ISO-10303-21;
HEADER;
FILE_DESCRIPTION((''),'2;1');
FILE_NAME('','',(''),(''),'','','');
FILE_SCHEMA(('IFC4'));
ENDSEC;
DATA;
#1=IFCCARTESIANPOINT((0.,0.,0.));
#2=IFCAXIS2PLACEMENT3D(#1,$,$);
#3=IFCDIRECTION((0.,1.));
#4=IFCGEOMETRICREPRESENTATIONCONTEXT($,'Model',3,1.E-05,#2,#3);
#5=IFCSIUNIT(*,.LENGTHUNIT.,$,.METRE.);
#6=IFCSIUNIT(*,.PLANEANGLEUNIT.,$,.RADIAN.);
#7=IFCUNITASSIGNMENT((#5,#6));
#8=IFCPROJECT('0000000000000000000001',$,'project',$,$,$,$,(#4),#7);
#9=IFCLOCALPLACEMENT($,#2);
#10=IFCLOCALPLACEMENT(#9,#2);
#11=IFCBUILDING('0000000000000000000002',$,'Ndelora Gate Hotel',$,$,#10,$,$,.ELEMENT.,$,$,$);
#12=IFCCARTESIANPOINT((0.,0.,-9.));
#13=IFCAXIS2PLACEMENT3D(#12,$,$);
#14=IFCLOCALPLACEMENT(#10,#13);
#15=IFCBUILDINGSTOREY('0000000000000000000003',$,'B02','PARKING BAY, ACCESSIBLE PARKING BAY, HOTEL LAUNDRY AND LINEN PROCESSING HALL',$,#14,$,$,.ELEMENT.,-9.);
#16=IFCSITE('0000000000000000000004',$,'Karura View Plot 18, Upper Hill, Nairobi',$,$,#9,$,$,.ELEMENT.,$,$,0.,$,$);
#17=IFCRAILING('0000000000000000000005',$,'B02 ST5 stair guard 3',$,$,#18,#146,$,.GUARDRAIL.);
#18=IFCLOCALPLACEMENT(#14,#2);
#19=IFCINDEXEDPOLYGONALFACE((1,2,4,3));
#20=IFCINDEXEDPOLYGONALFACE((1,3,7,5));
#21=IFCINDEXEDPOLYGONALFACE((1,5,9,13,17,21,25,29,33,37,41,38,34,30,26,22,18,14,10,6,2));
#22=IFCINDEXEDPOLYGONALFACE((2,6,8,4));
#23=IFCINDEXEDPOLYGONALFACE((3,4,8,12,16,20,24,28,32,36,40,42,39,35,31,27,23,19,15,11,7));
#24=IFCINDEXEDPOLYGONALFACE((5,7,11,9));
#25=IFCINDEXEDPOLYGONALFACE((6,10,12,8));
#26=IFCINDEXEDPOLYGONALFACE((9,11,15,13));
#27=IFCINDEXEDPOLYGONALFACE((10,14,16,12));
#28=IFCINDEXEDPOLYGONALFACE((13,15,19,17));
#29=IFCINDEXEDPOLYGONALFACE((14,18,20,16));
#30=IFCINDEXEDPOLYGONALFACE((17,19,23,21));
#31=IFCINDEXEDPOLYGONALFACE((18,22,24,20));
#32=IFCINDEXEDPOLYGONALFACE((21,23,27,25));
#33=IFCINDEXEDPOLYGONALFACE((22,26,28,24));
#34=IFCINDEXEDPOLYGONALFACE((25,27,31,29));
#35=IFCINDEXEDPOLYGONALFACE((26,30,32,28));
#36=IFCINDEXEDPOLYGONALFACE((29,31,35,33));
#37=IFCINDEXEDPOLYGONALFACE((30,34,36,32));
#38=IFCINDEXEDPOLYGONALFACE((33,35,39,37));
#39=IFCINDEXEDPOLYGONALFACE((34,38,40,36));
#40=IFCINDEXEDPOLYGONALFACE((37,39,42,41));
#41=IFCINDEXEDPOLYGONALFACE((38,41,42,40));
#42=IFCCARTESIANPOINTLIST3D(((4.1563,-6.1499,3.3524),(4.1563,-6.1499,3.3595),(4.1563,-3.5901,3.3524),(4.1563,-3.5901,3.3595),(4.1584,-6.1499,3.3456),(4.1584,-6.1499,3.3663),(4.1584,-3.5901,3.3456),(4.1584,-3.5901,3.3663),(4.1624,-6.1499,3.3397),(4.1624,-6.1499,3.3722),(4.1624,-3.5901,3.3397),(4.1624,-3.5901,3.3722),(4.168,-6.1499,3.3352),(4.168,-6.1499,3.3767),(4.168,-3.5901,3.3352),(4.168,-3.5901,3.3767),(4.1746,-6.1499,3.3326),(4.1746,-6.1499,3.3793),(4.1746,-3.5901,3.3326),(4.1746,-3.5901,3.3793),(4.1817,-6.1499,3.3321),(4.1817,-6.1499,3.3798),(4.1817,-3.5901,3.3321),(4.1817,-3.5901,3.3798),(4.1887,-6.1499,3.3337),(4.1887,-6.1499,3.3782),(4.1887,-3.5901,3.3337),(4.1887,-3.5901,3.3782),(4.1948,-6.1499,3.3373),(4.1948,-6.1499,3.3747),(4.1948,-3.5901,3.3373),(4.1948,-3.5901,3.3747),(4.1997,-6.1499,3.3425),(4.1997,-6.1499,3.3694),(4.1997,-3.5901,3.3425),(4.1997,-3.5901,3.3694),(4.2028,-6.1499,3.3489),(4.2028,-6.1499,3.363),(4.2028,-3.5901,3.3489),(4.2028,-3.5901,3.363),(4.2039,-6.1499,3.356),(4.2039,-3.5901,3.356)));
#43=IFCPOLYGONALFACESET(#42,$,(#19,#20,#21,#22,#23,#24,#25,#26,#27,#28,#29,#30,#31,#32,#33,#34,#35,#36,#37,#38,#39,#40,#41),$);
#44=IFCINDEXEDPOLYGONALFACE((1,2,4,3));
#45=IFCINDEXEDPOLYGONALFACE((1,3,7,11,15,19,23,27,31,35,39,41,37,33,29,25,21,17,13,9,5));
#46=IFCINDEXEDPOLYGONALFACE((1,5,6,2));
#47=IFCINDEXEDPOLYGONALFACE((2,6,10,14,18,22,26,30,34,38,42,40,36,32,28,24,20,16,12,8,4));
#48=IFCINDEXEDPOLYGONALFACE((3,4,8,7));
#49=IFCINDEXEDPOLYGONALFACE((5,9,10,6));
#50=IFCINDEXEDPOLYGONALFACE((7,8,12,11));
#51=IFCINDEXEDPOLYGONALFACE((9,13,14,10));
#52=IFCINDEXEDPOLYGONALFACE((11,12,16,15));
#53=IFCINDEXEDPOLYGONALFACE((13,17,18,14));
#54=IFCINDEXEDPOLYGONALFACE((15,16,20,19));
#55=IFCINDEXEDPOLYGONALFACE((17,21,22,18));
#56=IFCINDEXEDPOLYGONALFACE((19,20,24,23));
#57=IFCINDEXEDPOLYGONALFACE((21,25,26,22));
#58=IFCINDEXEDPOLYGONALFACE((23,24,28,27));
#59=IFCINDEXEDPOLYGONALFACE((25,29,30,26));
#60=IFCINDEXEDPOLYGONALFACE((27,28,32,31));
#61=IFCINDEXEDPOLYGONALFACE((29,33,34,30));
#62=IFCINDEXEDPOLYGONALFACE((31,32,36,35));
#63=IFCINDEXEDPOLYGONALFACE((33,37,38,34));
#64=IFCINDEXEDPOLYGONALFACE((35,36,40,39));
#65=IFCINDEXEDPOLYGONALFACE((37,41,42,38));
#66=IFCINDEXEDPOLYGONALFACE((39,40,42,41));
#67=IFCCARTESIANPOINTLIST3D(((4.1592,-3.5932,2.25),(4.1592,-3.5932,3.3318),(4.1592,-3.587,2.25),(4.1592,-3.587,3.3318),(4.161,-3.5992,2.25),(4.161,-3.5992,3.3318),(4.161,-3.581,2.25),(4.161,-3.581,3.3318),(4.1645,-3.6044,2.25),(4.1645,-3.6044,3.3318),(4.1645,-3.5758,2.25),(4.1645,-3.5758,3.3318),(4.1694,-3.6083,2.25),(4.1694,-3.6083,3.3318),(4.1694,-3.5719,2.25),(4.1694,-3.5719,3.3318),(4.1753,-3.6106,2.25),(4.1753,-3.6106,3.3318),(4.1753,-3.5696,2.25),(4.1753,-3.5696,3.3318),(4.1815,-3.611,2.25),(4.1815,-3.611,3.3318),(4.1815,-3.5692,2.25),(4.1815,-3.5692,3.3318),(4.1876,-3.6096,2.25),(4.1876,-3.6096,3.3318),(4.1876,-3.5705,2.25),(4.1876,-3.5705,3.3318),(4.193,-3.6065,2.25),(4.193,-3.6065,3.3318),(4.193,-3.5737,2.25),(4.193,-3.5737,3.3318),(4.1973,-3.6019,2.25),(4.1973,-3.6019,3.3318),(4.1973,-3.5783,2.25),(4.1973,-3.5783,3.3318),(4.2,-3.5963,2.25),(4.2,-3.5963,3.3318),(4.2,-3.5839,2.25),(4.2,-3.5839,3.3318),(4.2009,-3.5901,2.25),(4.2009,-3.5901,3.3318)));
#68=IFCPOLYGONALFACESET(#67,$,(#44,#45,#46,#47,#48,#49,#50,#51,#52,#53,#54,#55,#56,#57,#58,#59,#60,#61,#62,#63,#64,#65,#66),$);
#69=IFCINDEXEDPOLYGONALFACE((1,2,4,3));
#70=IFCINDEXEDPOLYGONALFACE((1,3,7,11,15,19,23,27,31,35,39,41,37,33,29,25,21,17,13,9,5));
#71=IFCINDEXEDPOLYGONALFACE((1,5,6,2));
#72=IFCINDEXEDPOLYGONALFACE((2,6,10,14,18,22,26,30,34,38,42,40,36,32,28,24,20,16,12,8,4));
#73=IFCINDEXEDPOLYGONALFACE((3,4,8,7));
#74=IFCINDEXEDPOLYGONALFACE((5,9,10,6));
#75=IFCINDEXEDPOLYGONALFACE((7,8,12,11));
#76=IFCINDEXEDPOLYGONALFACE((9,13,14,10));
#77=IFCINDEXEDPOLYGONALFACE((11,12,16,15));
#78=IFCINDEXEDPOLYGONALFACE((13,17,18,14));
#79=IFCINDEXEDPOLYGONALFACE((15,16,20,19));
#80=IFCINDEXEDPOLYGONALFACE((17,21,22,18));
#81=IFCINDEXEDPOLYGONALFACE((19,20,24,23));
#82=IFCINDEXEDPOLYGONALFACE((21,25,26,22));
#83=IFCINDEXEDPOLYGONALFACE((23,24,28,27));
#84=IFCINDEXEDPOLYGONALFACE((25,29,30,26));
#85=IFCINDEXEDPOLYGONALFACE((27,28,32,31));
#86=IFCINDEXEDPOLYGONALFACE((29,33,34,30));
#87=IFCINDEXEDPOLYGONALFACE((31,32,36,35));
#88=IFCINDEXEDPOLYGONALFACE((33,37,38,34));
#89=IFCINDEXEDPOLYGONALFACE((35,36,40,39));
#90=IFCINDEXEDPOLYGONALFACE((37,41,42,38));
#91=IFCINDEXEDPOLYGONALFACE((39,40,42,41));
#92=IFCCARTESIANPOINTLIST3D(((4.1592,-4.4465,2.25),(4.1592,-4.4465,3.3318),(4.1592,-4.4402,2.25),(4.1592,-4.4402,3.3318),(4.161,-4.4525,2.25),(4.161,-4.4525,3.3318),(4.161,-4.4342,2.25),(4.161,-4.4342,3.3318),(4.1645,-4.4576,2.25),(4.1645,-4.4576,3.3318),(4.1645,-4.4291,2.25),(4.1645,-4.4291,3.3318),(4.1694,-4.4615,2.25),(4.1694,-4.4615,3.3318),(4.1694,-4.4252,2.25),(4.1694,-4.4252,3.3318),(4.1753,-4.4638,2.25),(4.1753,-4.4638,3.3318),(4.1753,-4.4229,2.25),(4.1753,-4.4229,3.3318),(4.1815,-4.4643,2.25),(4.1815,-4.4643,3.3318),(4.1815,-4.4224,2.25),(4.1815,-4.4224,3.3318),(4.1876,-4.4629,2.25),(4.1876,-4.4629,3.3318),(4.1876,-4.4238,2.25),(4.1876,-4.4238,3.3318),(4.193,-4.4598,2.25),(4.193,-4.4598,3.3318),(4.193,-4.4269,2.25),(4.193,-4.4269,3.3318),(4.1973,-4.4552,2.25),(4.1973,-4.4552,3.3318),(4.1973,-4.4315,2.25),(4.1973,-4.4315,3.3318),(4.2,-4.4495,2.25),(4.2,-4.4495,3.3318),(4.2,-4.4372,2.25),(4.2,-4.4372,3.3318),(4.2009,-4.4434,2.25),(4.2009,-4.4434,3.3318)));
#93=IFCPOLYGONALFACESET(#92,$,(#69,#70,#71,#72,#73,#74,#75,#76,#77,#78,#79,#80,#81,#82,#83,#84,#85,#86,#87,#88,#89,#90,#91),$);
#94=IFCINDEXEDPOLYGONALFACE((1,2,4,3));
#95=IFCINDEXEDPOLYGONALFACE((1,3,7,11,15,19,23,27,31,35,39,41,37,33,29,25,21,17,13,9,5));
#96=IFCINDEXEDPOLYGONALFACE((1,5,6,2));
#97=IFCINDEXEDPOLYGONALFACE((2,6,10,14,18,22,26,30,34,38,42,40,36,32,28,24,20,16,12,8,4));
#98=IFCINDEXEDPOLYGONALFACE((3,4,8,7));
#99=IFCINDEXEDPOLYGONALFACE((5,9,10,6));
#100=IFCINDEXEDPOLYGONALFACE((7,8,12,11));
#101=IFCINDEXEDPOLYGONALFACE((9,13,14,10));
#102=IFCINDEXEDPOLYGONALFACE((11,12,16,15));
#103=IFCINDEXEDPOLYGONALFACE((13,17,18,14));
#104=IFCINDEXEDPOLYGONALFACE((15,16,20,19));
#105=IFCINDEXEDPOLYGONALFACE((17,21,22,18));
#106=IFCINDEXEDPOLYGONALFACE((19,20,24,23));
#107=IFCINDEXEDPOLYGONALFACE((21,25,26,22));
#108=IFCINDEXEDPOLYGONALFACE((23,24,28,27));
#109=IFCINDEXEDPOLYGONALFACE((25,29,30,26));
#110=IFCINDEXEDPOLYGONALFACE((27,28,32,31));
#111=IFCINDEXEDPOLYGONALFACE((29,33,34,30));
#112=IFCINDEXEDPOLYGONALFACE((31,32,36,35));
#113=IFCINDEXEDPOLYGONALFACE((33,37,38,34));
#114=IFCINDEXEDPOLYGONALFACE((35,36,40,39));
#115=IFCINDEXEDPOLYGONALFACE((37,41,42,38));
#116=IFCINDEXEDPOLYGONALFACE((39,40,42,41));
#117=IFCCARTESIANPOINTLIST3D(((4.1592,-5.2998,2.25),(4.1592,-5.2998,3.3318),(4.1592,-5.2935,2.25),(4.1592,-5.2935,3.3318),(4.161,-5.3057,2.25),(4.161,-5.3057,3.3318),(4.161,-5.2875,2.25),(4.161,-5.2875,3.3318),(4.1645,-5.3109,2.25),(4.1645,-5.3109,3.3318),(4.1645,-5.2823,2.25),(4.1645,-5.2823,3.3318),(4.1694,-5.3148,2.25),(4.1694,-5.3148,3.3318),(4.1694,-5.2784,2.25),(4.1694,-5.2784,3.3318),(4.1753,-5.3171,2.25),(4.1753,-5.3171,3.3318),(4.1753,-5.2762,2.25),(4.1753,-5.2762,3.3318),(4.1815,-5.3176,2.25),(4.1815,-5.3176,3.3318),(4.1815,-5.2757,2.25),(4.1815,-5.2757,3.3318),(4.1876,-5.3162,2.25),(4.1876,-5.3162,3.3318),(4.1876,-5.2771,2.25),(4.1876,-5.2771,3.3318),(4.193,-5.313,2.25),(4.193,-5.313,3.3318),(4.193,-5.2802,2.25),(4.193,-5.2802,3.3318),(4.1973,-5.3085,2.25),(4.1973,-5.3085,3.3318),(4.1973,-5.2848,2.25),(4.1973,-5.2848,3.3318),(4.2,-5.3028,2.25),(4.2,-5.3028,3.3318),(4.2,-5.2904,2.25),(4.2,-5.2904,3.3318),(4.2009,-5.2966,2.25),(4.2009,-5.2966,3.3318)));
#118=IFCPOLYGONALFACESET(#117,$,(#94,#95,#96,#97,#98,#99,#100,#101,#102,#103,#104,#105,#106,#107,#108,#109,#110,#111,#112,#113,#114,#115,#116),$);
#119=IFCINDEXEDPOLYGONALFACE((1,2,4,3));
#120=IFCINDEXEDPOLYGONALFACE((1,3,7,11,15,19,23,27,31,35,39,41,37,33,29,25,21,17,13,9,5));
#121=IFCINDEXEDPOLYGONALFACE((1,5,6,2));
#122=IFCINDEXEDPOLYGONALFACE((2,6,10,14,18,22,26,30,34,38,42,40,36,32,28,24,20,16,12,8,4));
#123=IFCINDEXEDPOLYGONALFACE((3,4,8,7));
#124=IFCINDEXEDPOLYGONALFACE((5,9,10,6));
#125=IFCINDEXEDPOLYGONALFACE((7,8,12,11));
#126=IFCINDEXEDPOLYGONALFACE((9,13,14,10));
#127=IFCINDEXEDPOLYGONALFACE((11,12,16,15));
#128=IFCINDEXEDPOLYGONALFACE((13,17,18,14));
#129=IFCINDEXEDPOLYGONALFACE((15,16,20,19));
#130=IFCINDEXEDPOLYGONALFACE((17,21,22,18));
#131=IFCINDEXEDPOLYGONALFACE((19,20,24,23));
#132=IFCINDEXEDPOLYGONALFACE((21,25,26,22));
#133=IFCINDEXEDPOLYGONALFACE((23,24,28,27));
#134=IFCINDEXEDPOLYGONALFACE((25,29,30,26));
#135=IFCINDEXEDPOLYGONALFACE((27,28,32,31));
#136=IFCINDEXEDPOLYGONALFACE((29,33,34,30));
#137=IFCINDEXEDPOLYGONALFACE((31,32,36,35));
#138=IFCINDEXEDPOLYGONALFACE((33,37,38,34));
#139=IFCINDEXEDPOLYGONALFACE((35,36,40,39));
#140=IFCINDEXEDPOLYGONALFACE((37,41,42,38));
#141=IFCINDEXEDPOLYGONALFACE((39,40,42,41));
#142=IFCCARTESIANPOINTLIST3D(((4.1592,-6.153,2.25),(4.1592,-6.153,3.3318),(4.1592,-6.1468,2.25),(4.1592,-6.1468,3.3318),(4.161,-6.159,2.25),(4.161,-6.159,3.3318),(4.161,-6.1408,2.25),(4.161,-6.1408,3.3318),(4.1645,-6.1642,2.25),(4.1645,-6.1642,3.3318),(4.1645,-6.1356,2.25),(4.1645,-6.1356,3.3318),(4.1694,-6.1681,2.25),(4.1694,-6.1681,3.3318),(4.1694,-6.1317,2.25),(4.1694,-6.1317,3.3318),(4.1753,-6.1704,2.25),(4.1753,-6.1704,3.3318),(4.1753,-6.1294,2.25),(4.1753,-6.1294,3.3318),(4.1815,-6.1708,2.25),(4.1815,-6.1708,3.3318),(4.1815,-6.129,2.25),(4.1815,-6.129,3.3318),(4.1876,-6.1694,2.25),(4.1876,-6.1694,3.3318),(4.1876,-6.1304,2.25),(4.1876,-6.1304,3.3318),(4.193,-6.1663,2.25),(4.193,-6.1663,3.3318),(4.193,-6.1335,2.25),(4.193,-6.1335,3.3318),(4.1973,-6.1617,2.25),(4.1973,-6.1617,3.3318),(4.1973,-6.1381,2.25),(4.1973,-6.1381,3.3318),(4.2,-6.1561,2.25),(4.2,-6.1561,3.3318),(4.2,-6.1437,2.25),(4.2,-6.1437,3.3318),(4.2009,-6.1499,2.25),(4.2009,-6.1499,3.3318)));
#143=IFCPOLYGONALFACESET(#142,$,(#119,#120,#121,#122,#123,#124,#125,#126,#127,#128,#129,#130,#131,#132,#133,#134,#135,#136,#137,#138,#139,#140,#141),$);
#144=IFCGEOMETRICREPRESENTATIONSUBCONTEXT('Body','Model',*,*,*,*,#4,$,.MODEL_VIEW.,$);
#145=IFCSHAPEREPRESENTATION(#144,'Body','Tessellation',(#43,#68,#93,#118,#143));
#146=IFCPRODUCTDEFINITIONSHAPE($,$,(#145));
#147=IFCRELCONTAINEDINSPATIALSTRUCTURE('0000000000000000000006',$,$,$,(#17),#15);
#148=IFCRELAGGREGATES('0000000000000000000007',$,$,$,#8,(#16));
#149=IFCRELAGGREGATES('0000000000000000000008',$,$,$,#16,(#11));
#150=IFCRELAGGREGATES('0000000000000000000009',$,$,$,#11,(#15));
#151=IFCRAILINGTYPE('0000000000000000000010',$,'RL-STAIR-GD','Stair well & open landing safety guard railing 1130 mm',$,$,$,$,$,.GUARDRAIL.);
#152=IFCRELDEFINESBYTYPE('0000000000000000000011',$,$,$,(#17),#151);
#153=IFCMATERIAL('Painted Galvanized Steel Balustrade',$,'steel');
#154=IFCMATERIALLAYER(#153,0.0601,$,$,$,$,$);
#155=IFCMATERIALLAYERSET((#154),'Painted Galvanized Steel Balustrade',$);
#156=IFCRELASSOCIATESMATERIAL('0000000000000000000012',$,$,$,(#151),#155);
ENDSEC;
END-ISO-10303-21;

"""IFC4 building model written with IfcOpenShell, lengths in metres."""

from ifc_helpers import new_model, si_unit, direction, frame, origin, origin_2d, place, context, subcontext, project, spatial, circle, extrude, material, layer, layer_set, type_object, element, save


model = new_model("IFC4")

# Units and contexts
model_context = context("Model", 3, precision=1e-05, world=origin(), true_north=direction((0.0, 1.0)))
body_context = subcontext(model_context, "Body", "Model", "MODEL_VIEW")
ifc_project = project(units=[si_unit("LENGTHUNIT", "METRE"), si_unit("PLANEANGLEUNIT", "RADIAN")], contexts=[model_context])

# Site, building, storey
site_placement = place(None, origin())
site = spatial("IfcSite", under=ifc_project, at=site_placement, Name="Karura View Plot 18, Upper Hill, Nairobi", CompositionType="ELEMENT", RefElevation=0.0)
building_placement = place(site_placement, origin())
building = spatial("IfcBuilding", under=site, at=building_placement, Name="Ndelora Gate Hotel", CompositionType="ELEMENT")
storey_placement = place(building_placement, frame((0.0, 0.0, -9.0)))
storey = spatial("IfcBuildingStorey", under=building, at=storey_placement, Name="B02", Description="PARKING BAY, ACCESSIBLE PARKING BAY, HOTEL LAUNDRY AND LINEN PROCESSING HALL", CompositionType="ELEMENT", Elevation=-9.0)

# Railing
ifc_material_1 = material(Name="Painted Galvanized Steel Balustrade", Category="steel")
ifc_layer_1 = layer(ifc_material_1, 0.0601)
ifc_layer_set_1 = layer_set([ifc_layer_1], Name="Painted Galvanized Steel Balustrade")
railing_type_1 = type_object("IfcRailingType", Name="RL-STAIR-GD", Description="Stair well & open landing safety guard railing 1130 mm", PredefinedType="GUARDRAIL", material=ifc_layer_set_1)
for number, where, name in (
    (1, (4.1799, -3.5901, 2.25), "B02 ST5 stair guard 3"),
):
    element("IfcRailing", number, at=place(storey_placement, frame(where)), inside=storey, type_object=railing_type_1, Name=name, PredefinedType="GUARDRAIL", context=body_context, shape_type="SweptSolid", body=[
        extrude(circle(Radius=0.0239, at=origin_2d()), frame((0.0, 0.0, 1.106), z_axis=(0.0, -1.0, 0.0), x_axis=(1.0, 0.0, 0.0)), (0.0, 0.0, 1.0), 2.5598),
        extrude(circle(Radius=0.021, at=origin_2d()), origin(), (0.0, 0.0, 1.0), 1.0818),
        extrude(circle(Radius=0.021, at=origin_2d()), frame((0.0, -0.8533, 0.0)), (0.0, 0.0, 1.0), 1.0818),
        extrude(circle(Radius=0.021, at=origin_2d()), frame((0.0, -1.7065, 0.0)), (0.0, 0.0, 1.0), 1.0818),
        extrude(circle(Radius=0.021, at=origin_2d()), frame((0.0, -2.5598, 0.0)), (0.0, 0.0, 1.0), 1.0818),
    ])

save(model, "model.ifc")
